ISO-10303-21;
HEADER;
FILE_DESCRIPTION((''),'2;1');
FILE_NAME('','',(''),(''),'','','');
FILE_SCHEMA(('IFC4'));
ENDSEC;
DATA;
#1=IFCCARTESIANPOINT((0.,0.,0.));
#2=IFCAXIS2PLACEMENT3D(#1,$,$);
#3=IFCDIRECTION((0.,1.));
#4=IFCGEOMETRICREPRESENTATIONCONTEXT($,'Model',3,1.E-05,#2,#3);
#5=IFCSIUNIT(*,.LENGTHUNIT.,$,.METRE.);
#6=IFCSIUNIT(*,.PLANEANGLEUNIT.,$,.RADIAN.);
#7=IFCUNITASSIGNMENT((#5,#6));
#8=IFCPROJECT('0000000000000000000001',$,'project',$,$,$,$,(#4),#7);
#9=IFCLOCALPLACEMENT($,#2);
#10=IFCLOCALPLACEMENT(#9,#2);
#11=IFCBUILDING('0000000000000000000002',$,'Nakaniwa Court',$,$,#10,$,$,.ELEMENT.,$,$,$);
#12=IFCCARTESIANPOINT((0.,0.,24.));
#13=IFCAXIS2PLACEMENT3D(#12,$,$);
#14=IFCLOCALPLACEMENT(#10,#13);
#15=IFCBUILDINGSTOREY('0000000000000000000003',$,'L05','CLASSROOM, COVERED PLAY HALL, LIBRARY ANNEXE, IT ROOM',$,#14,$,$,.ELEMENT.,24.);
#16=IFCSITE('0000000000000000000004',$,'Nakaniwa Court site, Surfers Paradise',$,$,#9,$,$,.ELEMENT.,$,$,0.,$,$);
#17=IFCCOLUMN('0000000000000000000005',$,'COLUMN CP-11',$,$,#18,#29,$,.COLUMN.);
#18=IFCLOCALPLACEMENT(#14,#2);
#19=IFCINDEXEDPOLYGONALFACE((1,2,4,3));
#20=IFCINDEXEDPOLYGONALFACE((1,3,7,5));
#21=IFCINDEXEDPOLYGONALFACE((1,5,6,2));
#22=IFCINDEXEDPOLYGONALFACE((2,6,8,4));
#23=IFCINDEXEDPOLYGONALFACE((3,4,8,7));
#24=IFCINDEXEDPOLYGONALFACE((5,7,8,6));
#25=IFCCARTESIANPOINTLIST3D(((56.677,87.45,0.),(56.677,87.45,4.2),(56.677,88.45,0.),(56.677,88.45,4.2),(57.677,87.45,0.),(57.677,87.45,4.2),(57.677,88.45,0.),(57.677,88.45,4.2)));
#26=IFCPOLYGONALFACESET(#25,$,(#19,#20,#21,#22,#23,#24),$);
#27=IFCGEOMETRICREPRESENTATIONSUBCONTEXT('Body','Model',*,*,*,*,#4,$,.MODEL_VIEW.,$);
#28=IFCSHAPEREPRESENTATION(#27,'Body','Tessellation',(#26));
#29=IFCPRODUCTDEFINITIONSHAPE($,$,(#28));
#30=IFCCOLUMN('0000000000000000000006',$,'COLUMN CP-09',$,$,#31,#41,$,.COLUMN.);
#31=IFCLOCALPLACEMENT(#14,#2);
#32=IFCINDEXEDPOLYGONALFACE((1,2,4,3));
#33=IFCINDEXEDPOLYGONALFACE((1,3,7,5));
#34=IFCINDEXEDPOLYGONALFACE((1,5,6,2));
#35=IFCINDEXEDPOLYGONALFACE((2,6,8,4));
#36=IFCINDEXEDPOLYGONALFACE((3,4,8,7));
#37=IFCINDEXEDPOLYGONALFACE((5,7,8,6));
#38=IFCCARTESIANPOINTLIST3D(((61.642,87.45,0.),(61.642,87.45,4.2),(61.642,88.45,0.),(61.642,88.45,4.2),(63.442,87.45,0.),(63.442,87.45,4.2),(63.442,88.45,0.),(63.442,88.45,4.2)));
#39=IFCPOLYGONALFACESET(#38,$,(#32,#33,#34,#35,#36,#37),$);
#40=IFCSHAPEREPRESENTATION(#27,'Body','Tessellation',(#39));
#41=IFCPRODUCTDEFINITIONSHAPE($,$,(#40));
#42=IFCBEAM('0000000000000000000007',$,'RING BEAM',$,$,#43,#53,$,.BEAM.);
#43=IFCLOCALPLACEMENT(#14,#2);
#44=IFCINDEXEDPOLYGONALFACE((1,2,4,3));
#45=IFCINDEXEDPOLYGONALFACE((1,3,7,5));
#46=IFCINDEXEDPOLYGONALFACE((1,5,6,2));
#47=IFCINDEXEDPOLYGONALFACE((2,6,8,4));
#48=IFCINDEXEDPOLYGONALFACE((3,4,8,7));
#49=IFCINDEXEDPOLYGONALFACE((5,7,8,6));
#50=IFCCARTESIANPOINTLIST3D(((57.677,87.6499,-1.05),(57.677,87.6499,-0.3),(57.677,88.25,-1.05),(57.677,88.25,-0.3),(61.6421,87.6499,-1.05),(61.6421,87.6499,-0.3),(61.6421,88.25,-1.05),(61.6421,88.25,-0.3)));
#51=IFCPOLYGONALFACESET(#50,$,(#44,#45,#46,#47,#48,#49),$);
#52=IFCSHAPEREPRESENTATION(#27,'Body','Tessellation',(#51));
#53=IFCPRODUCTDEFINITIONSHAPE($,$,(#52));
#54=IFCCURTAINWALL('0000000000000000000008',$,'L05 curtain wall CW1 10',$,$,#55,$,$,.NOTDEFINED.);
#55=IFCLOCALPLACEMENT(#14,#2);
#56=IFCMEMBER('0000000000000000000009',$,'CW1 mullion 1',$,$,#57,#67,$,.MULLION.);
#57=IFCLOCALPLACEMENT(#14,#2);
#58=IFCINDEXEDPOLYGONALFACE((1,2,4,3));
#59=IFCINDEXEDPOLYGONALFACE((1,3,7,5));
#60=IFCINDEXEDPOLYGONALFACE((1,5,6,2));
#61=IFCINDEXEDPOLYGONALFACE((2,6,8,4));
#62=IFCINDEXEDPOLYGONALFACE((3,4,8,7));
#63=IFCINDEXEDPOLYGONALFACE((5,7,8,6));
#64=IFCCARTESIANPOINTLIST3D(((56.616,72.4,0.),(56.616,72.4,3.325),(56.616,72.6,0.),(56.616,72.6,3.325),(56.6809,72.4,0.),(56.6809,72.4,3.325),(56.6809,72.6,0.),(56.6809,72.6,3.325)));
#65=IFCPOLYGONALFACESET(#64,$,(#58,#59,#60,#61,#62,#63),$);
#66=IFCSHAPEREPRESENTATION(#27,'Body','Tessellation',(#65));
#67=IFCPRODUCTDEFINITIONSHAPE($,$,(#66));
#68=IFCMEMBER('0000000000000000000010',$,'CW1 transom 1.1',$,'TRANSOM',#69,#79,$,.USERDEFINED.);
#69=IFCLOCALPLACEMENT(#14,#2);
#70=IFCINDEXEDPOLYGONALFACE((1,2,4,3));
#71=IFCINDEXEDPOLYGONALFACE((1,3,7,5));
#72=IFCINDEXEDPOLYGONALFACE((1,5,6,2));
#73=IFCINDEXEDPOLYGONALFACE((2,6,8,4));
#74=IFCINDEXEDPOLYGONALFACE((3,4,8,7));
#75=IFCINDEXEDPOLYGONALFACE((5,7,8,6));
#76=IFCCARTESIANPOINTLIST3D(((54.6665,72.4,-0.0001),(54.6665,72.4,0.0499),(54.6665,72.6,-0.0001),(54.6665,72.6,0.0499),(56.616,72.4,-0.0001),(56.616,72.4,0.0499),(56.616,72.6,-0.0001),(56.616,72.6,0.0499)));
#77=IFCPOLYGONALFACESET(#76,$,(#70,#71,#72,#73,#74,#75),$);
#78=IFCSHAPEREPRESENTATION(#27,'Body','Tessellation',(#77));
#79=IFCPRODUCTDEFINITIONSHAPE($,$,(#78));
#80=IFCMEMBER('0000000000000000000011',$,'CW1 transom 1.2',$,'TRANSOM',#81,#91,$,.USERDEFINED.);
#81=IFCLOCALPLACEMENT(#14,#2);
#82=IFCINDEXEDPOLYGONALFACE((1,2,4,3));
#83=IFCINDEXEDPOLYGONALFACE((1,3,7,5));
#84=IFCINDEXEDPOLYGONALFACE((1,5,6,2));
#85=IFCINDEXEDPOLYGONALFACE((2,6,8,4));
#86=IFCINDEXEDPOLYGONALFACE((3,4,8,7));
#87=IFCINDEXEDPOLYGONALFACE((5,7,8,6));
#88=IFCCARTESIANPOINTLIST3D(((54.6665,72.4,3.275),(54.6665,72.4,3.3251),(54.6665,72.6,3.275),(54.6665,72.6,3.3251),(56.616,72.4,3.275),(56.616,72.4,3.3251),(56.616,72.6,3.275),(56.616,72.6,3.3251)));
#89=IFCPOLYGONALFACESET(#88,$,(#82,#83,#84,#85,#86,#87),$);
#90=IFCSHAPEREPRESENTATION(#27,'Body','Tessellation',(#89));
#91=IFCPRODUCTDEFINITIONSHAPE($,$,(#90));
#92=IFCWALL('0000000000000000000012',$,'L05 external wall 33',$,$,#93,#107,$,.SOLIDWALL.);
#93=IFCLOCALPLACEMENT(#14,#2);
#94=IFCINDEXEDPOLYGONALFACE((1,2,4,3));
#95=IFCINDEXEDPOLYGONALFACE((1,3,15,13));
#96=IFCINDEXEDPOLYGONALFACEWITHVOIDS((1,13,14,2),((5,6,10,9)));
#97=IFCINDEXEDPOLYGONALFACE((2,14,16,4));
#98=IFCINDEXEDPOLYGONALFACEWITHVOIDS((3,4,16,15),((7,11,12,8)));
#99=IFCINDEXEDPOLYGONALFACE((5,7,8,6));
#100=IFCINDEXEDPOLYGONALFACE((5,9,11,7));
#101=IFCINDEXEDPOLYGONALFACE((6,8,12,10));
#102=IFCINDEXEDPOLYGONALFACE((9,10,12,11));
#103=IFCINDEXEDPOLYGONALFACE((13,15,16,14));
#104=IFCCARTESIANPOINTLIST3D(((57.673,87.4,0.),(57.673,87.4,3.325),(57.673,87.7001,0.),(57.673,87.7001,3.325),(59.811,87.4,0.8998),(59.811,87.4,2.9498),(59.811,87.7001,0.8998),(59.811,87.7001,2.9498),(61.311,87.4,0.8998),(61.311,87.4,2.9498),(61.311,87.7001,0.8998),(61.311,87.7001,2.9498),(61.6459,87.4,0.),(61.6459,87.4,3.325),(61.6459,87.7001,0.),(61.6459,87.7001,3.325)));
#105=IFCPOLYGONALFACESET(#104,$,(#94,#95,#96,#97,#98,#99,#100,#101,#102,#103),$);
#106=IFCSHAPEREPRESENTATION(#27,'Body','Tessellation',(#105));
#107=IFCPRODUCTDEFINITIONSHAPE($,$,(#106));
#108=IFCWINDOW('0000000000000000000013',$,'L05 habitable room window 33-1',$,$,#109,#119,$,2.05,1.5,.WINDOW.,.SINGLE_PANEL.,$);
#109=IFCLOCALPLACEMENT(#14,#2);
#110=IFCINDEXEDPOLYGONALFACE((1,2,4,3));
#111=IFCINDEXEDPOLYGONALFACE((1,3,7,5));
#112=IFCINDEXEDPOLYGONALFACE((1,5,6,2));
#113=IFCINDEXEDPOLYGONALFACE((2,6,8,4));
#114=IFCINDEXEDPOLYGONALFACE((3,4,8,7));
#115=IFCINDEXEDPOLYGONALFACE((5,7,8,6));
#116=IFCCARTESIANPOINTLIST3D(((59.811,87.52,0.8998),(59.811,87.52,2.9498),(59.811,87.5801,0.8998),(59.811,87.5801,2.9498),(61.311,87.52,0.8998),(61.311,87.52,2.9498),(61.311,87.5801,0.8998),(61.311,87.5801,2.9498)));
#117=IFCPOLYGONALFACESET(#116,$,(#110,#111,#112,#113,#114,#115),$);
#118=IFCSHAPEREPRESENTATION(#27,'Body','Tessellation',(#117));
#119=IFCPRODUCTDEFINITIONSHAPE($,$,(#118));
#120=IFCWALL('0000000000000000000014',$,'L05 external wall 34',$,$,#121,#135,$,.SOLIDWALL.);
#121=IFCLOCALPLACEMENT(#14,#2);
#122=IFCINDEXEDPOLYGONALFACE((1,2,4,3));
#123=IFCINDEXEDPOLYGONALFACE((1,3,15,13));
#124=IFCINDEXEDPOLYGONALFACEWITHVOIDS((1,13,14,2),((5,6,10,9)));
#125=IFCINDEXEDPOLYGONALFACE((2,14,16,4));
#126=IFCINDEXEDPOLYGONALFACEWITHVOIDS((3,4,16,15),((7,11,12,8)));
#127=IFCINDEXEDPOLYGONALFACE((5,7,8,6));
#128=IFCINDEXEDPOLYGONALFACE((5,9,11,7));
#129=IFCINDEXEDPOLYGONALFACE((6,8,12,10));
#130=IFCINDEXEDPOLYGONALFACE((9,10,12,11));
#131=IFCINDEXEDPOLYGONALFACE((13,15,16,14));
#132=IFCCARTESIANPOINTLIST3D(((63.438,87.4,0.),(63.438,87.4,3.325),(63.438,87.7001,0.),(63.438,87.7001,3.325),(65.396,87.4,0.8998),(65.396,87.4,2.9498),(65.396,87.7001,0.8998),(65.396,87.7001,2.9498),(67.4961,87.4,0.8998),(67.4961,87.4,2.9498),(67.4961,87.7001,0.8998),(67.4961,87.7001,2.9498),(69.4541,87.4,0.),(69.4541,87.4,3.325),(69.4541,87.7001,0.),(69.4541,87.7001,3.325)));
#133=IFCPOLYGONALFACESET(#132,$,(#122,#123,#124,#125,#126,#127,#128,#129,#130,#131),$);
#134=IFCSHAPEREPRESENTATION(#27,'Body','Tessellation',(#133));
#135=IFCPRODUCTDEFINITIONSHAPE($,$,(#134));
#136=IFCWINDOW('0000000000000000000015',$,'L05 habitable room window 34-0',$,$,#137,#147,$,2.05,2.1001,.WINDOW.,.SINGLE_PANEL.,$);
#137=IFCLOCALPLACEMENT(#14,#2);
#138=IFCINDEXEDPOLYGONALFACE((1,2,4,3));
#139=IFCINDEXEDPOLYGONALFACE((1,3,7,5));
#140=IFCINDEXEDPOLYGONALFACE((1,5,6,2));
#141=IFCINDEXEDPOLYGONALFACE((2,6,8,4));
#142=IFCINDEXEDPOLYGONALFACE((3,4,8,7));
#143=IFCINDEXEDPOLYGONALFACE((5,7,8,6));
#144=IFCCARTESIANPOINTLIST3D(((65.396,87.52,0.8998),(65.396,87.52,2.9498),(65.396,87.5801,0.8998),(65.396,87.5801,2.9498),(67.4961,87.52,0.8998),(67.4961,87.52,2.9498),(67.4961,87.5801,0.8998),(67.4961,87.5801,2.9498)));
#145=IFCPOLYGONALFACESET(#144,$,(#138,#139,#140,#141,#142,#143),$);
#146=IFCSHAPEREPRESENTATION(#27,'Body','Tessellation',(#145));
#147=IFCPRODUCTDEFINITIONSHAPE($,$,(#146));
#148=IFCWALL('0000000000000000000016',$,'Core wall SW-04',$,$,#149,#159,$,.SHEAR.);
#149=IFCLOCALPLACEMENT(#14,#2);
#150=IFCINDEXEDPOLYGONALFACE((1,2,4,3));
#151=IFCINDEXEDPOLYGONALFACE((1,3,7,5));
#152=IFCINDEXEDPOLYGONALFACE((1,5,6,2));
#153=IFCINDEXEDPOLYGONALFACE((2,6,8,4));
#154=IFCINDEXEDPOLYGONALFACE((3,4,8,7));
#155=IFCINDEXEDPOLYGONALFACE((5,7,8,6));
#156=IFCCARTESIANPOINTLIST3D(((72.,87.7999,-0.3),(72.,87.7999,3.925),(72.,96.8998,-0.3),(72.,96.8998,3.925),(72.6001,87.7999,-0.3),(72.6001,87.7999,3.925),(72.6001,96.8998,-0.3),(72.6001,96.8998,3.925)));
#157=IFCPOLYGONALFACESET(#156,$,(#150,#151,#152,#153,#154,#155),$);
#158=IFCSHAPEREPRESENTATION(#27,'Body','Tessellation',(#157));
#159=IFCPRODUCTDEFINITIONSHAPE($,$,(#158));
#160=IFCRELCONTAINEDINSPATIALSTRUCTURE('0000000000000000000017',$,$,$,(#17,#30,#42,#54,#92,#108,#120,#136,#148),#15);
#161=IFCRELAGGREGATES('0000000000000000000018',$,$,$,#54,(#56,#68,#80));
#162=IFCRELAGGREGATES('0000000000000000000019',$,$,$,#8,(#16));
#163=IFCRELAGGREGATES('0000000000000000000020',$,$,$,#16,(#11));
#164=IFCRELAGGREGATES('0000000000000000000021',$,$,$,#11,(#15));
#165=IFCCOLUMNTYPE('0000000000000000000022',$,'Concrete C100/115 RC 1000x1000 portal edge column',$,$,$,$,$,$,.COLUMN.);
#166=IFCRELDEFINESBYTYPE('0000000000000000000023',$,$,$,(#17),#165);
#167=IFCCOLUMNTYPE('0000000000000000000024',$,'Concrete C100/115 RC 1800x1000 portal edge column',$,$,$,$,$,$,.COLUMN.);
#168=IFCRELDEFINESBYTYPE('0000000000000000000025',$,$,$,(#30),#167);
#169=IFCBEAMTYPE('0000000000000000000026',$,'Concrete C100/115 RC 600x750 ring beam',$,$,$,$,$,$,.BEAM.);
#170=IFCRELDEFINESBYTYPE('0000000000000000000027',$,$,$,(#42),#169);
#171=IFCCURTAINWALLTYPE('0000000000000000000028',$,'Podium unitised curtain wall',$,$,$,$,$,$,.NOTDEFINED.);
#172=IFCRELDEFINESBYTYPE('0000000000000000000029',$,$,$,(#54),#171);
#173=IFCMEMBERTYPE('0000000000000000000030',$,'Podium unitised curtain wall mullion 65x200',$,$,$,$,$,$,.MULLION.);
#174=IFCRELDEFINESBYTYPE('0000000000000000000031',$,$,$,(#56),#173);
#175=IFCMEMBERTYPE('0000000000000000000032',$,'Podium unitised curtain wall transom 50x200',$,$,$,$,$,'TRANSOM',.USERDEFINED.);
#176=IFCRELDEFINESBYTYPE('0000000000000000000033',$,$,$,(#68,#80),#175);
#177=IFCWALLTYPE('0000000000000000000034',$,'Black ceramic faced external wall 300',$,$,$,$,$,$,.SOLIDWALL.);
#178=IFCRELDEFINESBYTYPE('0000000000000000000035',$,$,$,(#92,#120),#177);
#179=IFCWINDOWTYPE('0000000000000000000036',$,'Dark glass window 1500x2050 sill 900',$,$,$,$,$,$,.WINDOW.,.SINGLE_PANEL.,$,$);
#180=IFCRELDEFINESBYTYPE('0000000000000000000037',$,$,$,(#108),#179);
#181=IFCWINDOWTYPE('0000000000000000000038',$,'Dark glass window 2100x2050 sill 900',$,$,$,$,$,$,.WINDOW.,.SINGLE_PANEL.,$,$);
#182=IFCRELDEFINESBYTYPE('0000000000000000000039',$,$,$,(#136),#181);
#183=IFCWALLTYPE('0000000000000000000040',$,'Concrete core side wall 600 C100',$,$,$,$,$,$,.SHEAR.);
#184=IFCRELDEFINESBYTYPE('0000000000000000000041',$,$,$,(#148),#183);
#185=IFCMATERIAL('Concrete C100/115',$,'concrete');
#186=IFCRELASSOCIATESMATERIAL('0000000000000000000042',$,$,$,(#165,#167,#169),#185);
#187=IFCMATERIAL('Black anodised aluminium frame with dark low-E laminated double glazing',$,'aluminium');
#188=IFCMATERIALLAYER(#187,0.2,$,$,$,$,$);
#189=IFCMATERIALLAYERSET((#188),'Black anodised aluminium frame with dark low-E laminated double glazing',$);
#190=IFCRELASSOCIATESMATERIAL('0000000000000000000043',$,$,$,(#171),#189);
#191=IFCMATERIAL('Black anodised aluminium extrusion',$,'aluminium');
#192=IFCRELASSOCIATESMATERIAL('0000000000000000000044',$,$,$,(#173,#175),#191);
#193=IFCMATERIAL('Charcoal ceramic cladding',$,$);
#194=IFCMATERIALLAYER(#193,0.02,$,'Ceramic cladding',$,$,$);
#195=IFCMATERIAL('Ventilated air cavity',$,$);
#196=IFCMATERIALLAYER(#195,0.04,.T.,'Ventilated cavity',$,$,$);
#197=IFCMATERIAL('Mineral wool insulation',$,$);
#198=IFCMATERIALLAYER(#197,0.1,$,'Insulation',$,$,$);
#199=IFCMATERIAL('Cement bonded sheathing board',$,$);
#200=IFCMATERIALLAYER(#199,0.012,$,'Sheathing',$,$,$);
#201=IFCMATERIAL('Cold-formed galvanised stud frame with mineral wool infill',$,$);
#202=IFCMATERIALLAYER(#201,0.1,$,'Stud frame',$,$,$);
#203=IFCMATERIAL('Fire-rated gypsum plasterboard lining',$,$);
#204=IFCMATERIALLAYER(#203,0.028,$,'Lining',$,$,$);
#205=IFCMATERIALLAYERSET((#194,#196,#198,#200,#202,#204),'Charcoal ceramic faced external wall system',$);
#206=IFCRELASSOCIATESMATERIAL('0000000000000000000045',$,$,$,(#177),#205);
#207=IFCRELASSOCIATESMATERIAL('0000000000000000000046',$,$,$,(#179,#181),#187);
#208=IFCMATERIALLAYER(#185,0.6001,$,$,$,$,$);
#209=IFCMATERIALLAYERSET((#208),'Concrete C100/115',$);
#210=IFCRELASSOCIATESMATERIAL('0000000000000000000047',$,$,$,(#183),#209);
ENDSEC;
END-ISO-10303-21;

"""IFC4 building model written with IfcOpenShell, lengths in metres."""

from ifc_helpers import new_model, si_unit, direction, frame, frame_2d, origin, origin_2d, place, context, subcontext, project, spatial, rectangle, extrude, material, layer, layer_set, material_profile, profile_set, type_object, element, fill, aggregate, save


model = new_model("IFC4")

# Units and contexts
model_context = context("Model", 3, precision=1e-05, world=origin(), true_north=direction((0.0, 1.0)))
body_context = subcontext(model_context, "Body", "Model", "MODEL_VIEW")
ifc_project = project(units=[si_unit("LENGTHUNIT", "METRE"), si_unit("PLANEANGLEUNIT", "RADIAN")], contexts=[model_context])

# Site, building, storey
site_placement = place(None, origin())
site = spatial("IfcSite", under=ifc_project, at=site_placement, Name="Nakaniwa Court site, Surfers Paradise", CompositionType="ELEMENT", RefElevation=0.0)
building_placement = place(site_placement, origin())
building = spatial("IfcBuilding", under=site, at=building_placement, Name="Nakaniwa Court", CompositionType="ELEMENT")
storey_placement = place(building_placement, frame((0.0, 0.0, 24.0)))
storey = spatial("IfcBuildingStorey", under=building, at=storey_placement, Name="L05", Description="CLASSROOM, COVERED PLAY HALL, LIBRARY ANNEXE, IT ROOM", CompositionType="ELEMENT", Elevation=24.0)

# Columns
ifc_material_1 = material(Name="Concrete C100/115", Category="concrete")
ifc_material_profile_1 = material_profile(ifc_material_1, rectangle(XDim=1.0, YDim=1.0, at=origin_2d()), Name="Concrete C100/115 RC 1000x1000 portal edge column")
ifc_profile_set_1 = profile_set([ifc_material_profile_1], Name="Concrete C100/115")
column_type_1 = type_object("IfcColumnType", Name="Concrete C100/115 RC 1000x1000 portal edge column", PredefinedType="COLUMN", material=ifc_profile_set_1)
column_1_placement = place(storey_placement, frame((57.177, 87.95, 0.0), z_axis=(0.0, 0.0, 1.0), x_axis=(1.0, 0.0, 0.0)))
element("IfcColumn", 1, at=column_1_placement, inside=storey, type_object=column_type_1, Name="COLUMN CP-11", PredefinedType="COLUMN", context=body_context, shape_type="SweptSolid", body=[
    extrude(rectangle(XDim=1.0, YDim=1.0, at=origin_2d()), origin(), (0.0, 0.0, 1.0), 4.2),
])
ifc_material_profile_2 = material_profile(ifc_material_1, rectangle(XDim=1.8, YDim=1.0, at=origin_2d()), Name="Concrete C100/115 RC 1800x1000 portal edge column")
ifc_profile_set_2 = profile_set([ifc_material_profile_2], Name="Concrete C100/115")
column_type_2 = type_object("IfcColumnType", Name="Concrete C100/115 RC 1800x1000 portal edge column", PredefinedType="COLUMN", material=ifc_profile_set_2)
column_2_placement = place(storey_placement, frame((62.542, 87.95, 0.0), z_axis=(0.0, 0.0, 1.0), x_axis=(1.0, 0.0, 0.0)))
element("IfcColumn", 2, at=column_2_placement, inside=storey, type_object=column_type_2, Name="COLUMN CP-09", PredefinedType="COLUMN", context=body_context, shape_type="SweptSolid", body=[
    extrude(rectangle(XDim=1.8, YDim=1.0, at=origin_2d()), origin(), (0.0, 0.0, 1.0), 4.2),
])

# Beam
ifc_material_profile_3 = material_profile(ifc_material_1, rectangle(XDim=0.6001, YDim=0.75, at=origin_2d()), Name="Concrete C100/115 RC 600x750 ring beam")
ifc_profile_set_3 = profile_set([ifc_material_profile_3], Name="Concrete C100/115")
beam_type = type_object("IfcBeamType", Name="Concrete C100/115 RC 600x750 ring beam", PredefinedType="BEAM", material=ifc_profile_set_3)
beam_placement = place(storey_placement, frame((57.677, 87.95, -0.675), z_axis=(1.0, 0.0, 0.0), x_axis=(0.0, 1.0, 0.0)))
element("IfcBeam", 3, at=beam_placement, inside=storey, type_object=beam_type, Name="RING BEAM", PredefinedType="BEAM", context=body_context, shape_type="SweptSolid", body=[
    extrude(rectangle(XDim=0.6001, YDim=0.75, at=origin_2d()), origin(), (0.0, 0.0, 1.0), 3.9651),
])

# Curtain wall, members
ifc_material_2 = material(Name="Black anodised aluminium frame with dark low-E laminated double glazing", Category="aluminium")
ifc_layer_1 = layer(ifc_material_2, 0.2)
ifc_layer_set_1 = layer_set([ifc_layer_1], Name="Black anodised aluminium frame with dark low-E laminated double glazing")
curtain_wall_type = type_object("IfcCurtainWallType", Name="Podium unitised curtain wall", PredefinedType="NOTDEFINED", material=ifc_layer_set_1)
curtain_wall_placement = place(storey_placement, origin())
curtain_wall = element("IfcCurtainWall", 4, at=curtain_wall_placement, inside=storey, type_object=curtain_wall_type, Name="L05 curtain wall CW1 10", PredefinedType="NOTDEFINED")
ifc_material_3 = material(Name="Black anodised aluminium extrusion", Category="aluminium")
ifc_material_profile_4 = material_profile(ifc_material_3, rectangle(XDim=0.2, YDim=0.0649, at=origin_2d()), Name="Podium unitised curtain wall mullion 65x200")
ifc_profile_set_4 = profile_set([ifc_material_profile_4], Name="Black anodised aluminium extrusion")
member_type_1 = type_object("IfcMemberType", Name="Podium unitised curtain wall mullion 65x200", PredefinedType="MULLION", material=ifc_profile_set_4)
member_1_placement = place(storey_placement, frame((56.6484, 72.5, 0.0), z_axis=(0.0, 0.0, 1.0), x_axis=(0.0, -1.0, 0.0)))
member_1 = element("IfcMember", 5, at=member_1_placement, type_object=member_type_1, Name="CW1 mullion 1", PredefinedType="MULLION", context=body_context, shape_type="SweptSolid", body=[
    extrude(rectangle(XDim=0.2, YDim=0.0649, at=origin_2d()), origin(), (0.0, 0.0, 1.0), 3.325),
])
ifc_material_profile_5 = material_profile(ifc_material_3, rectangle(XDim=0.2, YDim=0.05, at=origin_2d()), Name="Podium unitised curtain wall transom 50x200")
ifc_profile_set_5 = profile_set([ifc_material_profile_5], Name="Black anodised aluminium extrusion")
member_type_2 = type_object("IfcMemberType", Name="Podium unitised curtain wall transom 50x200", ElementType="TRANSOM", PredefinedType="USERDEFINED", material=ifc_profile_set_5)
member_2_placement = place(storey_placement, frame((56.616, 72.5, 0.0249), z_axis=(-1.0, 0.0, 0.0), x_axis=(0.0, -1.0, 0.0)))
member_2 = element("IfcMember", 6, at=member_2_placement, type_object=member_type_2, Name="CW1 transom 1.1", ObjectType="TRANSOM", PredefinedType="USERDEFINED", context=body_context, shape_type="SweptSolid", body=[
    extrude(rectangle(XDim=0.2, YDim=0.05, at=origin_2d()), origin(), (0.0, 0.0, 1.0), 1.9495),
])
member_3_placement = place(storey_placement, frame((56.616, 72.5, 3.3), z_axis=(-1.0, 0.0, 0.0), x_axis=(0.0, -1.0, 0.0)))
member_3 = element("IfcMember", 7, at=member_3_placement, type_object=member_type_2, Name="CW1 transom 1.2", ObjectType="TRANSOM", PredefinedType="USERDEFINED", context=body_context, shape_type="SweptSolid", body=[
    extrude(rectangle(XDim=0.2, YDim=0.05, at=origin_2d()), origin(), (0.0, 0.0, 1.0), 1.9495),
])
aggregate(curtain_wall, [member_1, member_2, member_3])

# Walls, openings, windows
ifc_material_4 = material(Name="Charcoal ceramic cladding")
ifc_layer_2 = layer(ifc_material_4, 0.02, Name="Ceramic cladding")
ifc_material_5 = material(Name="Ventilated air cavity")
ifc_layer_3 = layer(ifc_material_5, 0.04, ventilated=True, Name="Ventilated cavity")
ifc_material_6 = material(Name="Mineral wool insulation")
ifc_layer_4 = layer(ifc_material_6, 0.1, Name="Insulation")
ifc_material_7 = material(Name="Cement bonded sheathing board")
ifc_layer_5 = layer(ifc_material_7, 0.012, Name="Sheathing")
ifc_material_8 = material(Name="Cold-formed galvanised stud frame with mineral wool infill")
ifc_layer_6 = layer(ifc_material_8, 0.1, Name="Stud frame")
ifc_material_9 = material(Name="Fire-rated gypsum plasterboard lining")
ifc_layer_7 = layer(ifc_material_9, 0.028, Name="Lining")
ifc_layer_set_2 = layer_set([ifc_layer_2, ifc_layer_3, ifc_layer_4, ifc_layer_5, ifc_layer_6, ifc_layer_7], Name="Charcoal ceramic faced external wall system")
wall_type_1 = type_object("IfcWallType", Name="Black ceramic faced external wall 300", PredefinedType="SOLIDWALL", material=ifc_layer_set_2)
wall_1_placement = place(storey_placement, frame((57.6731, 87.55, 0.0), z_axis=(0.0, 0.0, 1.0), x_axis=(1.0, 0.0, 0.0)))
wall_1 = element("IfcWall", 8, at=wall_1_placement, inside=storey, type_object=wall_type_1, Name="L05 external wall 33", PredefinedType="SOLIDWALL", context=body_context, shape_type="SweptSolid", body=[
    extrude(rectangle(XDim=3.9729, YDim=0.3, at=frame_2d((1.9863, 0.0))), origin(), (0.0, 0.0, 1.0), 3.325),
])
opening_1_placement = place(wall_1_placement, frame((2.1379, 0.0, 0.8999)))
opening_1 = element("IfcOpeningElement", 9, at=opening_1_placement, cuts=wall_1, PredefinedType="OPENING", context=body_context, shape_type="SweptSolid", body=[
    extrude(rectangle(XDim=1.5, YDim=2.05, at=frame_2d((0.75, 1.0249))), frame((0.0, 0.1599, 0.0), z_axis=(0.0, -1.0, 0.0), x_axis=(1.0, 0.0, 0.0)), (0.0, 0.0, 1.0), 0.3201),
])
window_type_1 = type_object("IfcWindowType", Name="Dark glass window 1500x2050 sill 900", PartitioningType="SINGLE_PANEL", PredefinedType="WINDOW", material=ifc_material_2)
window_1_placement = place(opening_1_placement, origin())
window_1 = element("IfcWindow", 10, at=window_1_placement, inside=storey, type_object=window_type_1, Name="L05 habitable room window 33-1", OverallHeight=2.05, OverallWidth=1.5, PartitioningType="SINGLE_PANEL", PredefinedType="WINDOW", context=body_context, shape_type="SweptSolid", body=[
    extrude(rectangle(XDim=1.5, YDim=2.05, at=frame_2d((0.75, 1.0249))), frame((0.0, 0.03, 0.0), z_axis=(0.0, -1.0, 0.0), x_axis=(1.0, 0.0, 0.0)), (0.0, 0.0, 1.0), 0.0601),
])
fill(opening_1, window_1)
wall_2_placement = place(storey_placement, frame((63.438, 87.55, 0.0), z_axis=(0.0, 0.0, 1.0), x_axis=(1.0, 0.0, 0.0)))
wall_2 = element("IfcWall", 11, at=wall_2_placement, inside=storey, type_object=wall_type_1, Name="L05 external wall 34", PredefinedType="SOLIDWALL", context=body_context, shape_type="SweptSolid", body=[
    extrude(rectangle(XDim=6.0161, YDim=0.3, at=frame_2d((3.0081, 0.0))), origin(), (0.0, 0.0, 1.0), 3.325),
])
opening_2_placement = place(wall_2_placement, frame((1.958, 0.0, 0.8999)))
opening_2 = element("IfcOpeningElement", 12, at=opening_2_placement, cuts=wall_2, PredefinedType="OPENING", context=body_context, shape_type="SweptSolid", body=[
    extrude(rectangle(XDim=2.1001, YDim=2.05, at=frame_2d((1.05, 1.0249))), frame((0.0, 0.1599, 0.0), z_axis=(0.0, -1.0, 0.0), x_axis=(1.0, 0.0, 0.0)), (0.0, 0.0, 1.0), 0.3201),
])
window_type_2 = type_object("IfcWindowType", Name="Dark glass window 2100x2050 sill 900", PartitioningType="SINGLE_PANEL", PredefinedType="WINDOW", material=ifc_material_2)
window_2_placement = place(opening_2_placement, origin())
window_2 = element("IfcWindow", 13, at=window_2_placement, inside=storey, type_object=window_type_2, Name="L05 habitable room window 34-0", OverallHeight=2.05, OverallWidth=2.1001, PartitioningType="SINGLE_PANEL", PredefinedType="WINDOW", context=body_context, shape_type="SweptSolid", body=[
    extrude(rectangle(XDim=2.1001, YDim=2.05, at=frame_2d((1.05, 1.0249))), frame((0.0, 0.03, 0.0), z_axis=(0.0, -1.0, 0.0), x_axis=(1.0, 0.0, 0.0)), (0.0, 0.0, 1.0), 0.0601),
])
fill(opening_2, window_2)

# Wall
ifc_layer_8 = layer(ifc_material_1, 0.6001)
ifc_layer_set_3 = layer_set([ifc_layer_8], Name="Concrete C100/115")
wall_type_2 = type_object("IfcWallType", Name="Concrete core side wall 600 C100", PredefinedType="SHEAR", material=ifc_layer_set_3)
wall_3_placement = place(storey_placement, frame((72.3, 87.8, -0.3), z_axis=(0.0, 0.0, 1.0), x_axis=(0.0, 1.0, 0.0)))
element("IfcWall", 14, at=wall_3_placement, inside=storey, type_object=wall_type_2, Name="Core wall SW-04", PredefinedType="SHEAR", context=body_context, shape_type="SweptSolid", body=[
    extrude(rectangle(XDim=9.0999, YDim=0.6001, at=frame_2d((4.5498, 0.0))), origin(), (0.0, 0.0, 1.0), 4.2251),
])

save(model, "model.ifc")
